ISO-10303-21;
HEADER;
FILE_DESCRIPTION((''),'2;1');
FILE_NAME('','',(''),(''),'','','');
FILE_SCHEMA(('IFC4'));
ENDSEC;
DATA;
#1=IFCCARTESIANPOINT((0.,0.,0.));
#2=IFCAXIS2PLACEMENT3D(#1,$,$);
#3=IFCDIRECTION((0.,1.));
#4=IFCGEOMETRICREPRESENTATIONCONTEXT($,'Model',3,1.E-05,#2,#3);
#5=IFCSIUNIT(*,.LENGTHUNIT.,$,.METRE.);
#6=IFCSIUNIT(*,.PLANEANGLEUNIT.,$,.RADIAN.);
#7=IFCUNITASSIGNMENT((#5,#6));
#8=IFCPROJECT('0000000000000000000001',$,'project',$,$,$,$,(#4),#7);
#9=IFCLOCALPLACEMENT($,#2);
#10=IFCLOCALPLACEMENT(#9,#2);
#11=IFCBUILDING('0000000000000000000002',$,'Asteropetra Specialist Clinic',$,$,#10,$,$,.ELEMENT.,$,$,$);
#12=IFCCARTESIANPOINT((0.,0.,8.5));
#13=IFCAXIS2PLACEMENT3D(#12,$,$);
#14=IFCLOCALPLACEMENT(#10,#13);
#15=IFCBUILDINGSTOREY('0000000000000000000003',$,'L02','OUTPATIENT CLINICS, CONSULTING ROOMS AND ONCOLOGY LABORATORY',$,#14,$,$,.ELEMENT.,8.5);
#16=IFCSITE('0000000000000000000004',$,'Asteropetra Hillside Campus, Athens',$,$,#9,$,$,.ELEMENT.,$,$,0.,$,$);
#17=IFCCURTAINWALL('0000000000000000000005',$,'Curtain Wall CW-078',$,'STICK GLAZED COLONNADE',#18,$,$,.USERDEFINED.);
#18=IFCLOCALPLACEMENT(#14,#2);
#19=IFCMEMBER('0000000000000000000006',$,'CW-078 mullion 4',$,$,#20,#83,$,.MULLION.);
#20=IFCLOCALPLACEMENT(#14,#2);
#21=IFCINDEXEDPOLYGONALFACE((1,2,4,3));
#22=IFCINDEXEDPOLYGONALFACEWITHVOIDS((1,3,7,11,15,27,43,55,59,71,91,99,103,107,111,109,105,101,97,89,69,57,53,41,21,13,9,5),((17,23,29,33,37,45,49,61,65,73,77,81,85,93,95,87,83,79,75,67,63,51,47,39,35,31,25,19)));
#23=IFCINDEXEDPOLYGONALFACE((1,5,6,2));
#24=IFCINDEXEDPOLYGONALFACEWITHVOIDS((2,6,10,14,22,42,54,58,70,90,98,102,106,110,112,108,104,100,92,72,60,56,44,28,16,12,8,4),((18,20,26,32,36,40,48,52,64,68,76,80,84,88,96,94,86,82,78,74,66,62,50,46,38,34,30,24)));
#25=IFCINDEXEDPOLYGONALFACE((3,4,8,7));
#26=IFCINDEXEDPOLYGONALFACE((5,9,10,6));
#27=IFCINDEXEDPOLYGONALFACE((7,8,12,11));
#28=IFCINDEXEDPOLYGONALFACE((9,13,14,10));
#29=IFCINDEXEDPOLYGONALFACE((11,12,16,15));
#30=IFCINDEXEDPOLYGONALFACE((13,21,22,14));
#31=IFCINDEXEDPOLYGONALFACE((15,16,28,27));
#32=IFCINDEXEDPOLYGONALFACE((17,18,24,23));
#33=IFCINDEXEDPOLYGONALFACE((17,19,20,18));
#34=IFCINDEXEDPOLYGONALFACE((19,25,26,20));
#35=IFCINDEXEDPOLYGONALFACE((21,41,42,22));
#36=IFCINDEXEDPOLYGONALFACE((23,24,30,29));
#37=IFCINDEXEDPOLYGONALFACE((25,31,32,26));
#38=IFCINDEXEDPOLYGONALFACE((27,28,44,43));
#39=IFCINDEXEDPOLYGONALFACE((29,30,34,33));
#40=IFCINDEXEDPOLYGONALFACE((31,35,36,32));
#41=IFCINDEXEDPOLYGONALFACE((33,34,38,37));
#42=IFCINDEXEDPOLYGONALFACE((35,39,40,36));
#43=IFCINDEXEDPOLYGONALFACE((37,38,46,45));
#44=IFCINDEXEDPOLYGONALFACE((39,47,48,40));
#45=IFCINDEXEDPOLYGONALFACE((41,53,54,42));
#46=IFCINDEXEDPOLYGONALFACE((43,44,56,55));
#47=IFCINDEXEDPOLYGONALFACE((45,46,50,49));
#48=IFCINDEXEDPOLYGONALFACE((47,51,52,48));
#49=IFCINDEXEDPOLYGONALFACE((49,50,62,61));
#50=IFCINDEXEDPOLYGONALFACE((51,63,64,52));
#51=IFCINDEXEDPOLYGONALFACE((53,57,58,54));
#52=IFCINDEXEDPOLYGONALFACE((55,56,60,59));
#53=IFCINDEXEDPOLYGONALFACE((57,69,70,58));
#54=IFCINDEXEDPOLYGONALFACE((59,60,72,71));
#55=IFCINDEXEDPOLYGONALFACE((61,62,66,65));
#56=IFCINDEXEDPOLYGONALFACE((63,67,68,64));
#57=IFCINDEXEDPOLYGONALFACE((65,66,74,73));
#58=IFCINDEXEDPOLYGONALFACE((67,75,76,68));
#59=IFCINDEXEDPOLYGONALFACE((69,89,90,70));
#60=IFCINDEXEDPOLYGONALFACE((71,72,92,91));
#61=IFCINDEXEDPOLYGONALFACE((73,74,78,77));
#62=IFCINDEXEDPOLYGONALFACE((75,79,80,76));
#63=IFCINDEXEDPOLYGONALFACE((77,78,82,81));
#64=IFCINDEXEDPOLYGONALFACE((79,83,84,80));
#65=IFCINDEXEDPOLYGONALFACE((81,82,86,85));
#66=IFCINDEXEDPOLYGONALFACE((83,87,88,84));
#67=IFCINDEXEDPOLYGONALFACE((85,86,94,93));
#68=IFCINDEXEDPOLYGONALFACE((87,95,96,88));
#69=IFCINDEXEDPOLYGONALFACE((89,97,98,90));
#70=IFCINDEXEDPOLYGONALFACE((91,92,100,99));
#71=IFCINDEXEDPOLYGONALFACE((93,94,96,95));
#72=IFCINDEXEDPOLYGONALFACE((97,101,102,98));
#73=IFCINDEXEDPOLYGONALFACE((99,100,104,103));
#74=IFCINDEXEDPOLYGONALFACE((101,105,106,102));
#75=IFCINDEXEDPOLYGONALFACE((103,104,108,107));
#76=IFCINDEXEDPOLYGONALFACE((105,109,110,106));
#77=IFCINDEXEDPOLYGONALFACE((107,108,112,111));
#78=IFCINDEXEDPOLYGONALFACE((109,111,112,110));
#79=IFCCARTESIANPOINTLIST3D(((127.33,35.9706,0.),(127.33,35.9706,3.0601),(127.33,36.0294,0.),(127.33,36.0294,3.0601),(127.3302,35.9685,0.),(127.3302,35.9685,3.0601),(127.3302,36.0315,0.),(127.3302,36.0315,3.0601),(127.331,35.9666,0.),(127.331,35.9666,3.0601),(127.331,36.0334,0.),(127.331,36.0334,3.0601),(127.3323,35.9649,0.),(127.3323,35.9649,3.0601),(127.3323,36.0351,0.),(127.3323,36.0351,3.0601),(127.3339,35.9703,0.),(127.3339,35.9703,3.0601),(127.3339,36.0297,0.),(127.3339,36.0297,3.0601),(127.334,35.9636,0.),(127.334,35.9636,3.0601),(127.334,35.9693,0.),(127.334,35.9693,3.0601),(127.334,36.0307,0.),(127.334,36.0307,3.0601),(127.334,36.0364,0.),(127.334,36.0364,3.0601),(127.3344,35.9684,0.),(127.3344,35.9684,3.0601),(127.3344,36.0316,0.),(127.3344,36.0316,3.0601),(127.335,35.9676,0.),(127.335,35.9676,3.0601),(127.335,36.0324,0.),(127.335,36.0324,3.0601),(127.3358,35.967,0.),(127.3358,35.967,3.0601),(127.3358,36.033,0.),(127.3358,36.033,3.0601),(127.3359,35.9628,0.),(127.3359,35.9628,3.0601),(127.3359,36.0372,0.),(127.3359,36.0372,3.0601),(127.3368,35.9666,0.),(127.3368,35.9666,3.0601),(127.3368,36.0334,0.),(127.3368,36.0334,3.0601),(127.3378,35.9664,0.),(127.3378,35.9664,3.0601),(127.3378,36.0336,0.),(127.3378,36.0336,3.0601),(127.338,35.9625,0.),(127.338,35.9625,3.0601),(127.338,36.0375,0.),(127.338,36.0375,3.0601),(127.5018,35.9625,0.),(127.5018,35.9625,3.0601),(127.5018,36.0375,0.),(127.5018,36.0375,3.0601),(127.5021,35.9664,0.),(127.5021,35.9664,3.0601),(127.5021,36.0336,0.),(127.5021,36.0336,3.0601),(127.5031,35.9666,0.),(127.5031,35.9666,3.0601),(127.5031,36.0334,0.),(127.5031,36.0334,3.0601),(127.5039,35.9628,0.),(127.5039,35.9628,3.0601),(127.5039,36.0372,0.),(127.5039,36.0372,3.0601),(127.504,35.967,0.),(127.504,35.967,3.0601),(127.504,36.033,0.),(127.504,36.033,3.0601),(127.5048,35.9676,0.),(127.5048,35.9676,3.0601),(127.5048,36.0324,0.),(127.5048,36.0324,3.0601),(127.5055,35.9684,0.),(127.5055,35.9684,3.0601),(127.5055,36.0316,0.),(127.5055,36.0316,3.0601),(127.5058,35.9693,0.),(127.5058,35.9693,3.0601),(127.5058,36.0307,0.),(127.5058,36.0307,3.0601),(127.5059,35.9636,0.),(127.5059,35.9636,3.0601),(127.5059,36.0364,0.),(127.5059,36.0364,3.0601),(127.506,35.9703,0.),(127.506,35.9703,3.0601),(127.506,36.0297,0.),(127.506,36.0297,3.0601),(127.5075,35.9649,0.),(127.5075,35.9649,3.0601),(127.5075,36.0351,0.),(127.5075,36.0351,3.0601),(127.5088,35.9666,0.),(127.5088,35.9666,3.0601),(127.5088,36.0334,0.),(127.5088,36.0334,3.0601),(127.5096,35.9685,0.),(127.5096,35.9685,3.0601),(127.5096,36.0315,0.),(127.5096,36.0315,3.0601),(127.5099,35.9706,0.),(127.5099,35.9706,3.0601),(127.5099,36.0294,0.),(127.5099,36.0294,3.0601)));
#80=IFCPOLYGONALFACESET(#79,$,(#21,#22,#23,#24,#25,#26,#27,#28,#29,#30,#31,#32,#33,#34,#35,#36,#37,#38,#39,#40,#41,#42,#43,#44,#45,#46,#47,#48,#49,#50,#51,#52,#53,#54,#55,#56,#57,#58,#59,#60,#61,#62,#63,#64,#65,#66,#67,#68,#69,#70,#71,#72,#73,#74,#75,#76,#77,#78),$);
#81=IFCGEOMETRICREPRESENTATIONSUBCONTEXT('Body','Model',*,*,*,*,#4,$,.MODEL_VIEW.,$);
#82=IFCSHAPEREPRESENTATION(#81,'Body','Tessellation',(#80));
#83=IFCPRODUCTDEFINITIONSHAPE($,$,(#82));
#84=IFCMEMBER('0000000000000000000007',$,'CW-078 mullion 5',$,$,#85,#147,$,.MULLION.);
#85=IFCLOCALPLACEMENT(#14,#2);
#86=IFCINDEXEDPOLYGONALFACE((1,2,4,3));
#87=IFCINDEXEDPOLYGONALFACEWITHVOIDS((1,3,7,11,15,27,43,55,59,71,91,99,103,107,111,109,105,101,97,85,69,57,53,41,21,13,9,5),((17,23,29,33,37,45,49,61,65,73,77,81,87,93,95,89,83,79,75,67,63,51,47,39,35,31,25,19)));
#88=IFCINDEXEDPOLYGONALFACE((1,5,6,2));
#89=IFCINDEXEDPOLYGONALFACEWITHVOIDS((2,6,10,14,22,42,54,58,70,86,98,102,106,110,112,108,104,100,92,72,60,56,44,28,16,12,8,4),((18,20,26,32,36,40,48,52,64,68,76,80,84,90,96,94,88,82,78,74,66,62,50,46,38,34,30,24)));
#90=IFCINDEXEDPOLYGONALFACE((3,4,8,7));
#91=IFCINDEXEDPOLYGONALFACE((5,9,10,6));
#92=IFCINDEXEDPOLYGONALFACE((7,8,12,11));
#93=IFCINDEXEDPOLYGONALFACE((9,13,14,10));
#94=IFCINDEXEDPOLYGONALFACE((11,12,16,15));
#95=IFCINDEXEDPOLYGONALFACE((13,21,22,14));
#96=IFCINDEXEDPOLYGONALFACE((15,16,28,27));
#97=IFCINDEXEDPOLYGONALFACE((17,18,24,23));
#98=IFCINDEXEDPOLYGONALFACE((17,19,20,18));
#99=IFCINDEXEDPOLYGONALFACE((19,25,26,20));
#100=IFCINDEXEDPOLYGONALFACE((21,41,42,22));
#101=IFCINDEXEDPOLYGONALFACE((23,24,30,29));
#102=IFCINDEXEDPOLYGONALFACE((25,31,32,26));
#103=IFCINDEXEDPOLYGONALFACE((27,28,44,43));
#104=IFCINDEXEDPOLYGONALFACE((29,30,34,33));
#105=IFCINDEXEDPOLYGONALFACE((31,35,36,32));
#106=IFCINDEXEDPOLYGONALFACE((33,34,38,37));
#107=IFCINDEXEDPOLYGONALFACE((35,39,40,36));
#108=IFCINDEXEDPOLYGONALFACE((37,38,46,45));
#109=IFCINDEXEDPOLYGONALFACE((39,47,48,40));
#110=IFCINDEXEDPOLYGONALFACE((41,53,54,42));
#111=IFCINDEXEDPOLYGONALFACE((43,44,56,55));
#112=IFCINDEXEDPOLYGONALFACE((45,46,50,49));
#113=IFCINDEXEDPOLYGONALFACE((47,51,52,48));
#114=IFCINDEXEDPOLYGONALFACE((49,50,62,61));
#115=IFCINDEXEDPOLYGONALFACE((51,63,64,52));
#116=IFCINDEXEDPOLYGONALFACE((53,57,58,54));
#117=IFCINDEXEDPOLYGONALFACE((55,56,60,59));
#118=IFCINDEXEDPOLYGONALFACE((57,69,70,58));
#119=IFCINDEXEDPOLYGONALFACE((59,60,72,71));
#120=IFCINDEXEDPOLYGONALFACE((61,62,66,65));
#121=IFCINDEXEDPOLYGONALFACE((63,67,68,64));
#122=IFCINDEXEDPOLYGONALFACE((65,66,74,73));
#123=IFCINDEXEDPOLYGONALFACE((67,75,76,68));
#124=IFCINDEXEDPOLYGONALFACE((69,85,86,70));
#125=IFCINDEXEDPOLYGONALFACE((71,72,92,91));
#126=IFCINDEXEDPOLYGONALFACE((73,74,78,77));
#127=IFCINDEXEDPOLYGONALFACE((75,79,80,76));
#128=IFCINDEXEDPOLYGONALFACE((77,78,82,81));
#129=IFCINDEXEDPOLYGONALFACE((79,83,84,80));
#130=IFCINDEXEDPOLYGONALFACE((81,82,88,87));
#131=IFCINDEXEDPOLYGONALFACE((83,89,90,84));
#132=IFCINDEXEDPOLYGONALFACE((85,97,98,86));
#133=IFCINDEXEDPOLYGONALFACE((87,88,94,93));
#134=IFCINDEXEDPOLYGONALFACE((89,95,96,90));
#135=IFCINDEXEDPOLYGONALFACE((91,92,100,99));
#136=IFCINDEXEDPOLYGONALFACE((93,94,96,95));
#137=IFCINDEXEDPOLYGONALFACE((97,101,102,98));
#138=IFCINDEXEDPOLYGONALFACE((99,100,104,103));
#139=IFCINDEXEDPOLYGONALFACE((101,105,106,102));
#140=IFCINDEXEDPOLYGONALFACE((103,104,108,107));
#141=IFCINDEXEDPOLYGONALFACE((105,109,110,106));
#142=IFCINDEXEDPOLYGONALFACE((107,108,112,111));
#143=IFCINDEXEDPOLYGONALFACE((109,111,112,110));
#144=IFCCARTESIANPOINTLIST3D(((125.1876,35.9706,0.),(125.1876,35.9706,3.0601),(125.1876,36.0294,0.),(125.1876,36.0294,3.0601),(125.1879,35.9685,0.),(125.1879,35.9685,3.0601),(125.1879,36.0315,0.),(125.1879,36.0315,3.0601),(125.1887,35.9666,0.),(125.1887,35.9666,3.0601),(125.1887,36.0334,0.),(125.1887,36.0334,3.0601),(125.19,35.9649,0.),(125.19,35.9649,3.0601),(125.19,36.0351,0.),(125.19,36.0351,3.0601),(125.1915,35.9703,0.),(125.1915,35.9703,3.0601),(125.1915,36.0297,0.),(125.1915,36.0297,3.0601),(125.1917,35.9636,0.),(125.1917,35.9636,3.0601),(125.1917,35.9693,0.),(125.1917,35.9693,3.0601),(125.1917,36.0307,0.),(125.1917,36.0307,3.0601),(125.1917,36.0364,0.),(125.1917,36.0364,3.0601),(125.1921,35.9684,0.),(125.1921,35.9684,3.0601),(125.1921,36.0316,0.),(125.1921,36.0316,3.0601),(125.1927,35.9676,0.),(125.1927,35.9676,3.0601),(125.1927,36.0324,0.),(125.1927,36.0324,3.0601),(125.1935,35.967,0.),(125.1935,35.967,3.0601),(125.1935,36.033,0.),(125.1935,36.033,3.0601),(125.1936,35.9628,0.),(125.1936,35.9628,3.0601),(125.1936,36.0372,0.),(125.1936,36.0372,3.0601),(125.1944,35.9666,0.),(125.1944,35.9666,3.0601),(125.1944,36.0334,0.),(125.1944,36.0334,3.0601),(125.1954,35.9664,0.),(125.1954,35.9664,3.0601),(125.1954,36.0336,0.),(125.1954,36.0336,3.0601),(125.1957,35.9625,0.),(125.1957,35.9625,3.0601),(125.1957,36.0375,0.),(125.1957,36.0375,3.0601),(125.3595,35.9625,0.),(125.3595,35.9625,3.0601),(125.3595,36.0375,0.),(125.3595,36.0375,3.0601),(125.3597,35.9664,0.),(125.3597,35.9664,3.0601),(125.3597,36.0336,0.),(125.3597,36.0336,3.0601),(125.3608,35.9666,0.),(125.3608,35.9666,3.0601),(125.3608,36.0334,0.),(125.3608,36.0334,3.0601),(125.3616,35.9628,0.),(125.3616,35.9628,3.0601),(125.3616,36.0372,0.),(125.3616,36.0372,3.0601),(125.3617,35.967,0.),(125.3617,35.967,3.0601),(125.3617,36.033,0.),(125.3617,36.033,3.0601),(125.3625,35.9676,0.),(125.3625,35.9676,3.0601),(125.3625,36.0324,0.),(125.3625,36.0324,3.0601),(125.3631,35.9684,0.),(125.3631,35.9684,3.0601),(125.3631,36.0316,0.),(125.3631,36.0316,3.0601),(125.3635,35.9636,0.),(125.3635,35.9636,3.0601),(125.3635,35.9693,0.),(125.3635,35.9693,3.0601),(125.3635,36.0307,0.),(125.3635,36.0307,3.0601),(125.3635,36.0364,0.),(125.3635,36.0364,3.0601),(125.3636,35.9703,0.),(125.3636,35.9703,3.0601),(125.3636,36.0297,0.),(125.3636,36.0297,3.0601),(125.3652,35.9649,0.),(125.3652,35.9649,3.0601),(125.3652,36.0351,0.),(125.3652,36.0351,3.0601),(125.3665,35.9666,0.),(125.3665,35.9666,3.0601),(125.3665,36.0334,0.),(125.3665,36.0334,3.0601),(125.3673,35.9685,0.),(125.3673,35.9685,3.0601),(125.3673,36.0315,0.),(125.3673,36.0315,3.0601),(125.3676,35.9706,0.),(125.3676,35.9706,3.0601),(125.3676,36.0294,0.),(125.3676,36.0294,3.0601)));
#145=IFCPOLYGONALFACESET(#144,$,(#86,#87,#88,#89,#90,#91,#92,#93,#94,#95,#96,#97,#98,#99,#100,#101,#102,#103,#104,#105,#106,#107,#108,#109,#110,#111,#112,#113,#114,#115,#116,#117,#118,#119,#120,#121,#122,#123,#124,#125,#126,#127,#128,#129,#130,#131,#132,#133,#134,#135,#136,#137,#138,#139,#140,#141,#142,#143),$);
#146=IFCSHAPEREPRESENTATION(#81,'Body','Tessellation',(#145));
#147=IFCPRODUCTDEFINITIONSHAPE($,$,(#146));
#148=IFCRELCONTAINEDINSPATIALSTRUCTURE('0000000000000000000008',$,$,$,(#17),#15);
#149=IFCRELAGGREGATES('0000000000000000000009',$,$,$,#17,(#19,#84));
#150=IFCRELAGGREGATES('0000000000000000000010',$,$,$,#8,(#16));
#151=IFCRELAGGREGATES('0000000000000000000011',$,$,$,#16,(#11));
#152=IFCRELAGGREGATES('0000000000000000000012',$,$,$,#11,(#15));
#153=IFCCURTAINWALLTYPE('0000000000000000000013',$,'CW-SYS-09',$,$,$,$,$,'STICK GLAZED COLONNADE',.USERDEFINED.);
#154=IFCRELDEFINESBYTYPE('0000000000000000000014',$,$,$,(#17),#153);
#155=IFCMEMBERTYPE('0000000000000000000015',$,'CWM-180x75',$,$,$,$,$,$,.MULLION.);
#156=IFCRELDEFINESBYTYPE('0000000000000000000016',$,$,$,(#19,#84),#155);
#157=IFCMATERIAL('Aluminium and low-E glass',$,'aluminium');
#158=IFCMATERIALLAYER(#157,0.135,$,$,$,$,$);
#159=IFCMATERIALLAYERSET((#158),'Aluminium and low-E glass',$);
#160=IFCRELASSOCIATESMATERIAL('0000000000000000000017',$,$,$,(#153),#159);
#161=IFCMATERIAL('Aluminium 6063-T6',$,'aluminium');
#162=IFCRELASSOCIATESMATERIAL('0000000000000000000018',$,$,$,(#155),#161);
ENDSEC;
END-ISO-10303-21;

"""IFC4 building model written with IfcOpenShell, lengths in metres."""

from ifc_helpers import new_model, si_unit, direction, frame, origin, origin_2d, place, context, subcontext, project, spatial, hollow_rectangle, extrude, material, layer, layer_set, material_profile, profile_set, type_object, element, aggregate, save


model = new_model("IFC4")

# Units and contexts
model_context = context("Model", 3, precision=1e-05, world=origin(), true_north=direction((0.0, 1.0)))
body_context = subcontext(model_context, "Body", "Model", "MODEL_VIEW")
ifc_project = project(units=[si_unit("LENGTHUNIT", "METRE"), si_unit("PLANEANGLEUNIT", "RADIAN")], contexts=[model_context])

# Site, building, storey
site_placement = place(None, origin())
site = spatial("IfcSite", under=ifc_project, at=site_placement, Name="Asteropetra Hillside Campus, Athens", CompositionType="ELEMENT", RefElevation=0.0)
building_placement = place(site_placement, origin())
building = spatial("IfcBuilding", under=site, at=building_placement, Name="Asteropetra Specialist Clinic", CompositionType="ELEMENT")
storey_placement = place(building_placement, frame((0.0, 0.0, 8.5)))
storey = spatial("IfcBuildingStorey", under=building, at=storey_placement, Name="L02", Description="OUTPATIENT CLINICS, CONSULTING ROOMS AND ONCOLOGY LABORATORY", CompositionType="ELEMENT", Elevation=8.5)

# Curtain wall, members
ifc_material_1 = material(Name="Aluminium and low-E glass", Category="aluminium")
ifc_layer_1 = layer(ifc_material_1, 0.135)
ifc_layer_set_1 = layer_set([ifc_layer_1], Name="Aluminium and low-E glass")
curtain_wall_type_1 = type_object("IfcCurtainWallType", Name="CW-SYS-09", ElementType="STICK GLAZED COLONNADE", PredefinedType="USERDEFINED", material=ifc_layer_set_1)
curtain_wall_1_placement = place(storey_placement, origin())
curtain_wall_1 = element("IfcCurtainWall", 1, at=curtain_wall_1_placement, inside=storey, type_object=curtain_wall_type_1, Name="Curtain Wall CW-078", ObjectType="STICK GLAZED COLONNADE", PredefinedType="USERDEFINED")
ifc_material_2 = material(Name="Aluminium 6063-T6", Category="aluminium")
ifc_material_profile_1 = material_profile(ifc_material_2, hollow_rectangle(XDim=0.075, YDim=0.1799, WallThickness=0.0039, InnerFilletRadius=0.0039, OuterFilletRadius=0.0081, at=origin_2d()), Name="MUL 180x75x4.0")
ifc_profile_set_1 = profile_set([ifc_material_profile_1], Name="Aluminium 6063-T6")
member_type_1 = type_object("IfcMemberType", Name="CWM-180x75", PredefinedType="MULLION", material=ifc_profile_set_1)
member_1_placement = place(storey_placement, frame((127.4199, 36.0, 0.0), z_axis=(0.0, 0.0, 1.0), x_axis=(0.0, -1.0, 0.0)))
member_1 = element("IfcMember", 2, at=member_1_placement, type_object=member_type_1, Name="CW-078 mullion 4", PredefinedType="MULLION", context=body_context, shape_type="SweptSolid", body=[
    extrude(hollow_rectangle(XDim=0.075, YDim=0.1799, WallThickness=0.0039, InnerFilletRadius=0.0039, OuterFilletRadius=0.0081, at=origin_2d()), origin(), (0.0, 0.0, 1.0), 3.0601),
])
member_2_placement = place(storey_placement, frame((125.2776, 36.0, 0.0), z_axis=(0.0, 0.0, 1.0), x_axis=(0.0, -1.0, 0.0)))
member_2 = element("IfcMember", 3, at=member_2_placement, type_object=member_type_1, Name="CW-078 mullion 5", PredefinedType="MULLION", context=body_context, shape_type="SweptSolid", body=[
    extrude(hollow_rectangle(XDim=0.075, YDim=0.1799, WallThickness=0.0039, InnerFilletRadius=0.0039, OuterFilletRadius=0.0081, at=origin_2d()), origin(), (0.0, 0.0, 1.0), 3.0601),
])

aggregate(curtain_wall_1, [member_1, member_2])

save(model, "model.ifc")
